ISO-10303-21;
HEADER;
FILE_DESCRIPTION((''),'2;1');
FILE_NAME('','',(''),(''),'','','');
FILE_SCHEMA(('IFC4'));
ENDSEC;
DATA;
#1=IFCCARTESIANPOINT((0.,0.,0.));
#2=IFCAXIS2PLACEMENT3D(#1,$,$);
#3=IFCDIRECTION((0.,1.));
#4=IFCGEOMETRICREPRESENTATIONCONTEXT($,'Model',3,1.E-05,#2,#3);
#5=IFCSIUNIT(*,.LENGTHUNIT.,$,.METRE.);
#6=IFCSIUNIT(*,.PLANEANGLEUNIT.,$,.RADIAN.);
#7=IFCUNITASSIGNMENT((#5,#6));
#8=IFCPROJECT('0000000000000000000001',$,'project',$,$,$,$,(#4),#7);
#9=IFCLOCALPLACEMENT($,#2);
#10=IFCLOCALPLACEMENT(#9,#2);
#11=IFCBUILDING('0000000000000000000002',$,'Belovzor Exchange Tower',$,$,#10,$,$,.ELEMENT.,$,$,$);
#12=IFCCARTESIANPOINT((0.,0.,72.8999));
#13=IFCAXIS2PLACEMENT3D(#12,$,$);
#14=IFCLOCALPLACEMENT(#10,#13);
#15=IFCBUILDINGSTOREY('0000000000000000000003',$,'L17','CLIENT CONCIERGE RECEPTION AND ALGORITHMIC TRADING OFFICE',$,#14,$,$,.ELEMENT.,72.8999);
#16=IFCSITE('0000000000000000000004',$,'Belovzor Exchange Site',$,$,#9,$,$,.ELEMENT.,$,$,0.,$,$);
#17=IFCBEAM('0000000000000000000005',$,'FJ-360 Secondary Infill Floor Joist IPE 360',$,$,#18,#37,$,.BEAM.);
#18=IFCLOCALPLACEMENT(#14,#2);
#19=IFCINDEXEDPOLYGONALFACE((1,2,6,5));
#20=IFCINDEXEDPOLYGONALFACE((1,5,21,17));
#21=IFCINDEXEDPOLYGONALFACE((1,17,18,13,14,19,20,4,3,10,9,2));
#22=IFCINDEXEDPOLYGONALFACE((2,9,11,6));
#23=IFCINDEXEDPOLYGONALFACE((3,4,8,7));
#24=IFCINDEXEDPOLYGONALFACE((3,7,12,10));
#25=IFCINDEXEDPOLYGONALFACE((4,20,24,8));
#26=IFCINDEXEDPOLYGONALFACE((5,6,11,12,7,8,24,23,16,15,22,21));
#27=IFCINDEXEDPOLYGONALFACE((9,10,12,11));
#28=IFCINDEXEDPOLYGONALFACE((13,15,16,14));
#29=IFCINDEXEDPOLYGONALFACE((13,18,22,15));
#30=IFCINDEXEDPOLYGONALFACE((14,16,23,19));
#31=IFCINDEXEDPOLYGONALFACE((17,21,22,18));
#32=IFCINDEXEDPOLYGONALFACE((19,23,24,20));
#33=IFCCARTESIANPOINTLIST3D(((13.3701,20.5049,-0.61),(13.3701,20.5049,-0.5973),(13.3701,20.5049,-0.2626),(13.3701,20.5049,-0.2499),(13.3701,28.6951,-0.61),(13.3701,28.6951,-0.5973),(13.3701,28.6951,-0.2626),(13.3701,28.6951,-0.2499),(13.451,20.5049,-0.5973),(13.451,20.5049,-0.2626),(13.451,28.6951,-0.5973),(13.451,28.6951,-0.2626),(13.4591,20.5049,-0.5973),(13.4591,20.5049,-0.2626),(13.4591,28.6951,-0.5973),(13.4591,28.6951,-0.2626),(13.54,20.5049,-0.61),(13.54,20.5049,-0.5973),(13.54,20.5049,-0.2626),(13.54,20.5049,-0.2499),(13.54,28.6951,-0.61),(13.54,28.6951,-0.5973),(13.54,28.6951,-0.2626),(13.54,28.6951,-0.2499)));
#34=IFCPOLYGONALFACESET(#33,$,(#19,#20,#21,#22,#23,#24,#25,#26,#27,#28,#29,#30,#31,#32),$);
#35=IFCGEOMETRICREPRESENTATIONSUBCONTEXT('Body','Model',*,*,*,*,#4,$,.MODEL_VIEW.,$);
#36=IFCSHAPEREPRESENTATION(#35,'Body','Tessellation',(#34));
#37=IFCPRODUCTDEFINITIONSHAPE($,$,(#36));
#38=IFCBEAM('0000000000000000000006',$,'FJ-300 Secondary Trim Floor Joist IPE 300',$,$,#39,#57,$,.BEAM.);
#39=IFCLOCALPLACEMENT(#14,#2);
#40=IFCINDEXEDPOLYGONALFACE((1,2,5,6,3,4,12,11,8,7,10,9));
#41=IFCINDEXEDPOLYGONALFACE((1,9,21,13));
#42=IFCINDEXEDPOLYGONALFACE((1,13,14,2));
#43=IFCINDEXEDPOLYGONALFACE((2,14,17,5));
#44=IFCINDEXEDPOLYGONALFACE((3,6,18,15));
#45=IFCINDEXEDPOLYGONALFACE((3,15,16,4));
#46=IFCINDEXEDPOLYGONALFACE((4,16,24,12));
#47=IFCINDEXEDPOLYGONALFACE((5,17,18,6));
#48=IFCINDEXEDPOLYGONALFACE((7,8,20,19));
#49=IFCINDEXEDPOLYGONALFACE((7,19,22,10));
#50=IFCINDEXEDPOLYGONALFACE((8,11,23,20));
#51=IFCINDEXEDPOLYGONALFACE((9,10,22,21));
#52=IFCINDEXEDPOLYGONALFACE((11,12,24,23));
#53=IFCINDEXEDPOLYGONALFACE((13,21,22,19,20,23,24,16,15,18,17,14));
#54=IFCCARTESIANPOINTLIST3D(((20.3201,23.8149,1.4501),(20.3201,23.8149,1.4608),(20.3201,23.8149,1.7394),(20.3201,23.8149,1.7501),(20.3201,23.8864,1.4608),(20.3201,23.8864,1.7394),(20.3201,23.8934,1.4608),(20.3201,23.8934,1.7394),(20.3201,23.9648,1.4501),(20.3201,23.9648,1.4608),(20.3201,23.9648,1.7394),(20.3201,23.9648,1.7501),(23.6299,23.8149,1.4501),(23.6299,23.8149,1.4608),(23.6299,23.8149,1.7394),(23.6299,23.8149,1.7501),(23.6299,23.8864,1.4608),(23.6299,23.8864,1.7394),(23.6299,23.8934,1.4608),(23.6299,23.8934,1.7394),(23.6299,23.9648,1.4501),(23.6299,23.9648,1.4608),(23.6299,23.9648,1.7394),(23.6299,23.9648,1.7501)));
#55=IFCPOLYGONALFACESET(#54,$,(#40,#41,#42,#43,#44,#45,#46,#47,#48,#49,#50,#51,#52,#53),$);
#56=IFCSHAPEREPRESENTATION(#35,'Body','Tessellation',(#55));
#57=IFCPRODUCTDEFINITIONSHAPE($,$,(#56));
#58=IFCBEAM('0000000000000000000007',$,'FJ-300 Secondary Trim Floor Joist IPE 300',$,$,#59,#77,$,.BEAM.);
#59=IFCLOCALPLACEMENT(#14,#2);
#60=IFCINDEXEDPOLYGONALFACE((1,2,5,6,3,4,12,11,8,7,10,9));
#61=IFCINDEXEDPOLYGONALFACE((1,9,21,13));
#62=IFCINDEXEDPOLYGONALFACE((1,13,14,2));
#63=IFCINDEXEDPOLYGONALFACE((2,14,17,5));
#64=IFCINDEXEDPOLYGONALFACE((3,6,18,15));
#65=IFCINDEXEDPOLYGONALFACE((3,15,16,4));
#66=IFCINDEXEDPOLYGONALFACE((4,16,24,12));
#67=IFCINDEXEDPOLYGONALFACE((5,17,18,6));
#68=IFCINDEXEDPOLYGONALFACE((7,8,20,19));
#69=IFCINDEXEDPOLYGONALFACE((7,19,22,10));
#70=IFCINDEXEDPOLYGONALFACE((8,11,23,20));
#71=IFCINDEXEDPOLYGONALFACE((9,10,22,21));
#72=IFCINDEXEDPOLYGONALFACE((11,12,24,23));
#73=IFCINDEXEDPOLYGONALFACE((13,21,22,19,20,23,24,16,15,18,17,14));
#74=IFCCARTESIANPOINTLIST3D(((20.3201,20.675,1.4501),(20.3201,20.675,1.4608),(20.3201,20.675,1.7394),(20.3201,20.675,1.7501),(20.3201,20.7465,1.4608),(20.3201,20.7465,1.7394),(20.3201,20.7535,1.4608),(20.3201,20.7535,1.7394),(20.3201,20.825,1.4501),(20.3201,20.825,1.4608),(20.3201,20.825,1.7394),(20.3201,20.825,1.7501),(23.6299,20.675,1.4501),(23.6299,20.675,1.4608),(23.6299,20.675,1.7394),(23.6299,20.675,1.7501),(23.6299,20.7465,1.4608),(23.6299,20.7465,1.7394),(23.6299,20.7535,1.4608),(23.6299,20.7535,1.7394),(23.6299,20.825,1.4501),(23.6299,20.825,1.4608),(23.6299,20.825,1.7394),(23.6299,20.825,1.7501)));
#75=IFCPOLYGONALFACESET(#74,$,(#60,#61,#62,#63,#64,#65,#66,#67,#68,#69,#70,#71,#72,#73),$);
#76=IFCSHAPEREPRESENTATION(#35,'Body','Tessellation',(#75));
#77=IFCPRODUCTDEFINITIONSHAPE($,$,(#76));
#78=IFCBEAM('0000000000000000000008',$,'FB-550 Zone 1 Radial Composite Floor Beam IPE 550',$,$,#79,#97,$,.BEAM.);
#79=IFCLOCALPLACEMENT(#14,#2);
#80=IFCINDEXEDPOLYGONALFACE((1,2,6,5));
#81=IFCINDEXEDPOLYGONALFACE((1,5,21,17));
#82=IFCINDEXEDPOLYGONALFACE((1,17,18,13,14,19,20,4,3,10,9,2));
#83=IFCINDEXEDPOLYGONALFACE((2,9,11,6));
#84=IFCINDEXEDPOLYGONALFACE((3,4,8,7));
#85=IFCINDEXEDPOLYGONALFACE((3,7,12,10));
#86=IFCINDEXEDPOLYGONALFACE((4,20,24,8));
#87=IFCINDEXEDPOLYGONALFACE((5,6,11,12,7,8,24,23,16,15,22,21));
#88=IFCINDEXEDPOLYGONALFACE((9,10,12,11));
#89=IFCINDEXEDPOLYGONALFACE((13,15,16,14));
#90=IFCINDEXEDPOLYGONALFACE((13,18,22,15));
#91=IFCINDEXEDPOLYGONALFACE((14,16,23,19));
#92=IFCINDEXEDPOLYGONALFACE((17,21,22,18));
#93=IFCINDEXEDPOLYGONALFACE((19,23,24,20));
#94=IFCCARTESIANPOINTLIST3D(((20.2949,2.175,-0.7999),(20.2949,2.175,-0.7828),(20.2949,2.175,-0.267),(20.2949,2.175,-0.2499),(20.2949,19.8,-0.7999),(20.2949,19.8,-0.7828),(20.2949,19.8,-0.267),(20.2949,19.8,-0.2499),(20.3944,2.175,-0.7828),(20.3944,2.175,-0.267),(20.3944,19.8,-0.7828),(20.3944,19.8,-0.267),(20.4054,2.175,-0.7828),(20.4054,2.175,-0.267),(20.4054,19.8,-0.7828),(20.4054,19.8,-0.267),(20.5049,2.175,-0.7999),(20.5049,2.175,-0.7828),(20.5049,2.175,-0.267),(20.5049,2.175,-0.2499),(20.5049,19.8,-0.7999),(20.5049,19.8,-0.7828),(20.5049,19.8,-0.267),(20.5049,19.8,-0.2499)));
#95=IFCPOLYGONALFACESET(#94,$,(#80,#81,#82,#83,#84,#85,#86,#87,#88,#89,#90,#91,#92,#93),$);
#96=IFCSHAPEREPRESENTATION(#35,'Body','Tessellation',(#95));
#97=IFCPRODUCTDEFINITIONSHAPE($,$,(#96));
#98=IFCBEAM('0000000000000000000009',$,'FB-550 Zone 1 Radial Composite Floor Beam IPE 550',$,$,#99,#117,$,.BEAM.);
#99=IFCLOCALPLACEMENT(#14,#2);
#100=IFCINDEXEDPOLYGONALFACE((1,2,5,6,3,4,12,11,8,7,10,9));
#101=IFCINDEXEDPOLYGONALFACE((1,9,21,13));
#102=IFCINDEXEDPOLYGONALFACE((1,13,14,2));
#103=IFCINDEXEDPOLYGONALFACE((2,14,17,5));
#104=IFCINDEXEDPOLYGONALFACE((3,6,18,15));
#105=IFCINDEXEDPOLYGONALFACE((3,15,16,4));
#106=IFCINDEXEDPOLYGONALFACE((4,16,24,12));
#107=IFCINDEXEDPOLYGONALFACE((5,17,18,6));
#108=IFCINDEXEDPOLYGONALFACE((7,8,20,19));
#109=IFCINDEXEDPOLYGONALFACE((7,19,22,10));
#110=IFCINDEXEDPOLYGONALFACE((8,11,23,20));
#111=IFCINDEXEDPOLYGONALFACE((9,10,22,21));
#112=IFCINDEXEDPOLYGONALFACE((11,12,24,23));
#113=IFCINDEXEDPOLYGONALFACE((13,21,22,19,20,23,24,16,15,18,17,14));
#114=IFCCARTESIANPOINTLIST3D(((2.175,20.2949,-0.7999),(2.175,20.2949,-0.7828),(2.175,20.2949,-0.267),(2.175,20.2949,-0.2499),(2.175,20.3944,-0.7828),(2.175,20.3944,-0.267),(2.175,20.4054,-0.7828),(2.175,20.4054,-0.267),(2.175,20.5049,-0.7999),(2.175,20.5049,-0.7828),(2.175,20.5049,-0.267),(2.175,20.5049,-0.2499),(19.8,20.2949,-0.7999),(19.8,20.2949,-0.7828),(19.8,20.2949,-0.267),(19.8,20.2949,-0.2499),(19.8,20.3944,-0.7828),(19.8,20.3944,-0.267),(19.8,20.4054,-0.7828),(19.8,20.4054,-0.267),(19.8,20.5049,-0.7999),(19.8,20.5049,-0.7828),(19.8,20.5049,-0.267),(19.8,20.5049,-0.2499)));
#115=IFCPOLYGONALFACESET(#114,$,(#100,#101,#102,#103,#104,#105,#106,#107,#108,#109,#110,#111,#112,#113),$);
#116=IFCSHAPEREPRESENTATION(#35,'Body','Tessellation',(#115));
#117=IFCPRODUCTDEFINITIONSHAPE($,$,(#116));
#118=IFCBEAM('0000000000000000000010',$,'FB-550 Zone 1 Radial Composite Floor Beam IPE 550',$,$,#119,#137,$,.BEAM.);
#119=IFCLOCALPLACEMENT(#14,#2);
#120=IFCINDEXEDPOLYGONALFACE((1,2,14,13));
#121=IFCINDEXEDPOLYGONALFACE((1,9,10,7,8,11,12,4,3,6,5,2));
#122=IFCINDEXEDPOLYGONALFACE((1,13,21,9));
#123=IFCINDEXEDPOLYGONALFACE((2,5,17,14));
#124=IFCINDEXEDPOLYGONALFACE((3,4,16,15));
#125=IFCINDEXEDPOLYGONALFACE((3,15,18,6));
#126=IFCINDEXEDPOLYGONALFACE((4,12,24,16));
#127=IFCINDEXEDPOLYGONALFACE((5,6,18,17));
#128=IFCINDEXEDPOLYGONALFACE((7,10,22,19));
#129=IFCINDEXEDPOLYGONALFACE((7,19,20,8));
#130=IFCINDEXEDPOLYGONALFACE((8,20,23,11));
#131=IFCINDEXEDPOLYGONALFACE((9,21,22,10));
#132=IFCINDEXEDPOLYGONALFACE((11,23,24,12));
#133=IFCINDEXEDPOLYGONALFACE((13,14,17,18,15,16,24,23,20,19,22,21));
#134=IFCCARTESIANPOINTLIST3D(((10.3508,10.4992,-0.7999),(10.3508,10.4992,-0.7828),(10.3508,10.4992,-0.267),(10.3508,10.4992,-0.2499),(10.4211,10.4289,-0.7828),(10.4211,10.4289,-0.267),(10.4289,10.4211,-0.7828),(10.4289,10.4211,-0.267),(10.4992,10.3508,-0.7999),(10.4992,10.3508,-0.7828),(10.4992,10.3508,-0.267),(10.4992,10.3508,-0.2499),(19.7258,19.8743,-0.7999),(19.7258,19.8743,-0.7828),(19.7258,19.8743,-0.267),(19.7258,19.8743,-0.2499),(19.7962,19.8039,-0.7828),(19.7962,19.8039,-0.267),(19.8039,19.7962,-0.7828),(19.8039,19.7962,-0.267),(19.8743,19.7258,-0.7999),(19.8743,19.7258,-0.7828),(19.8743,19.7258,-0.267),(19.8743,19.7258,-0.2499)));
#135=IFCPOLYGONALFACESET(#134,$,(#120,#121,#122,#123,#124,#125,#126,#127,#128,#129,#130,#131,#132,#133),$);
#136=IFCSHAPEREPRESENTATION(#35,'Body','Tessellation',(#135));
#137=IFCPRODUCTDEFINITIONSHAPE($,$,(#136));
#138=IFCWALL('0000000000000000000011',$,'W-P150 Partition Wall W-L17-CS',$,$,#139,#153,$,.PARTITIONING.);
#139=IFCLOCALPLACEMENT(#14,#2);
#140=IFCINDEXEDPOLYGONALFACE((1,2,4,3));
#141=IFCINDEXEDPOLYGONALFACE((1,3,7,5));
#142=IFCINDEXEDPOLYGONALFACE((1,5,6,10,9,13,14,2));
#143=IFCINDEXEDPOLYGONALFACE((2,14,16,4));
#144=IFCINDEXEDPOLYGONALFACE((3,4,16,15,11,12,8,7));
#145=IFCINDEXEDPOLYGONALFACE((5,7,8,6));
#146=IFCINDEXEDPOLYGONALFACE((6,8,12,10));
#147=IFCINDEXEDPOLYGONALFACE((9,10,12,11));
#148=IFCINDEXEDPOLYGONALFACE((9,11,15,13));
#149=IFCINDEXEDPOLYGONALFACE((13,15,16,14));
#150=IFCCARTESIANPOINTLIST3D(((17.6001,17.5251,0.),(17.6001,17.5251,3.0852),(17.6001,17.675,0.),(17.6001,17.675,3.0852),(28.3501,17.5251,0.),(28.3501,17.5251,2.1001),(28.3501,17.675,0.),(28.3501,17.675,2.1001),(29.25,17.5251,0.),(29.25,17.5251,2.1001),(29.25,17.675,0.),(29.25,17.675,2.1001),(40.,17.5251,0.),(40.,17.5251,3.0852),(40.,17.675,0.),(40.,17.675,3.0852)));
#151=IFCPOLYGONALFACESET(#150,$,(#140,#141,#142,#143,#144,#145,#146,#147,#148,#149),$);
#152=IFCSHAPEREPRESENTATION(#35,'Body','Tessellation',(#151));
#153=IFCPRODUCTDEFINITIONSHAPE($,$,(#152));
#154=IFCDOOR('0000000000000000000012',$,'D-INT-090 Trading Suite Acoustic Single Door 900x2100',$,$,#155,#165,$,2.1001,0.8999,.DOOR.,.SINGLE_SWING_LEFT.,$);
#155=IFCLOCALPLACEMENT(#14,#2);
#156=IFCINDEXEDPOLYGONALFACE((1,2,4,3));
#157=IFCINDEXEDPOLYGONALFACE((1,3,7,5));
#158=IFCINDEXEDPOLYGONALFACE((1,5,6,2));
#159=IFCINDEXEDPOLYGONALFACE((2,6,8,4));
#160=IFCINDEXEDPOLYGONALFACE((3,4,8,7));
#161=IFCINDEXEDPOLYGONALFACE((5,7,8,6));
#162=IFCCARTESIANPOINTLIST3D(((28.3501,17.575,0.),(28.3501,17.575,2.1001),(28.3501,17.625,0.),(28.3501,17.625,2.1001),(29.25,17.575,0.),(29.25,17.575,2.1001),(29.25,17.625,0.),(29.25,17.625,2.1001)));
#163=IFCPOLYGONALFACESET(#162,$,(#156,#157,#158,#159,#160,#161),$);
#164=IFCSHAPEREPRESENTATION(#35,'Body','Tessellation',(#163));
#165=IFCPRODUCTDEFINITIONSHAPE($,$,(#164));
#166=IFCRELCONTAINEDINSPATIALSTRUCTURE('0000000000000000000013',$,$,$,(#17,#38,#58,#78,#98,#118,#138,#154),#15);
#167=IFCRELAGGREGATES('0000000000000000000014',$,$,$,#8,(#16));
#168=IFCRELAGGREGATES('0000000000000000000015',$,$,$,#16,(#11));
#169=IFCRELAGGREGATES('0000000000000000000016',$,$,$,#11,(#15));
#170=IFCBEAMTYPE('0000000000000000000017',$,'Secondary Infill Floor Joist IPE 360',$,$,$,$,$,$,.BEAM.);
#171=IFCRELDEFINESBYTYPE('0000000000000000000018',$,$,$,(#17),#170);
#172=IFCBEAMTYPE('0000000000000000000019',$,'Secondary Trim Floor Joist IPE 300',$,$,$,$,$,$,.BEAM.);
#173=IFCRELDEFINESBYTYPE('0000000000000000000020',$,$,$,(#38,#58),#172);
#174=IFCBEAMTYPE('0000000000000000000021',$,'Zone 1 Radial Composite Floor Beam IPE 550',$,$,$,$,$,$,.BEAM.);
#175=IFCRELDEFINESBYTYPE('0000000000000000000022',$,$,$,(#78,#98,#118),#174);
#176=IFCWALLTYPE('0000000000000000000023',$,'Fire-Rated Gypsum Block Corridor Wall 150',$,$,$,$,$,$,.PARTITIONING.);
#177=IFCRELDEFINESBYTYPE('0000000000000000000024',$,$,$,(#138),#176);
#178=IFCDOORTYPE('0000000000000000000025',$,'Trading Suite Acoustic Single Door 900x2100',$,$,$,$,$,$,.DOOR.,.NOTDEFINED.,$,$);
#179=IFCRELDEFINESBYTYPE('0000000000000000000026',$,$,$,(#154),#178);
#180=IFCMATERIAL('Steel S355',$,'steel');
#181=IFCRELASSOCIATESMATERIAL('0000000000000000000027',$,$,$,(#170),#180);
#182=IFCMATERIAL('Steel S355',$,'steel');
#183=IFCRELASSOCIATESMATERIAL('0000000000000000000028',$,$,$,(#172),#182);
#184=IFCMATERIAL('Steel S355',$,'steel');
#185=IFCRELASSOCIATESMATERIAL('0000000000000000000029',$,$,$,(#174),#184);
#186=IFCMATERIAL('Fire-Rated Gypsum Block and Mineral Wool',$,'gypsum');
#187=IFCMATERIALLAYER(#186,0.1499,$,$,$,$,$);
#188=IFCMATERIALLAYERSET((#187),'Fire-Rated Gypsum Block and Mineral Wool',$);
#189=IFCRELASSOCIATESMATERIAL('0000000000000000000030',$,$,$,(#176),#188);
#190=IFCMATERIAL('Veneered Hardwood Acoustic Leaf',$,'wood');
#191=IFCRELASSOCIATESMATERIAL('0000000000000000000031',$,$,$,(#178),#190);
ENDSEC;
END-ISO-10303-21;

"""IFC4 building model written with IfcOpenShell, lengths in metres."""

from ifc_helpers import new_model, si_unit, direction, frame, frame_2d, origin, origin_2d, place, context, subcontext, project, spatial, rectangle, i_section, extrude, material, layer, layer_set, material_profile, profile_set, type_object, element, fill, save


model = new_model("IFC4")

# Units and contexts
model_context = context("Model", 3, precision=1e-05, world=origin(), true_north=direction((0.0, 1.0)))
body_context = subcontext(model_context, "Body", "Model", "MODEL_VIEW")
ifc_project = project(units=[si_unit("LENGTHUNIT", "METRE"), si_unit("PLANEANGLEUNIT", "RADIAN")], contexts=[model_context])

# Site, building, storey
site_placement = place(None, origin())
site = spatial("IfcSite", under=ifc_project, at=site_placement, Name="Belovzor Exchange Site", CompositionType="ELEMENT", RefElevation=0.0)
building_placement = place(site_placement, origin())
building = spatial("IfcBuilding", under=site, at=building_placement, Name="Belovzor Exchange Tower", CompositionType="ELEMENT")
storey_placement = place(building_placement, frame((0.0, 0.0, 72.8999)))
storey = spatial("IfcBuildingStorey", under=building, at=storey_placement, Name="L17", Description="CLIENT CONCIERGE RECEPTION AND ALGORITHMIC TRADING OFFICE", CompositionType="ELEMENT", Elevation=72.8999)

# Beams
ifc_material_1 = material(Name="Steel S355", Category="steel")
ifc_material_profile_1 = material_profile(ifc_material_1, i_section(OverallWidth=0.1699, OverallDepth=0.3601, WebThickness=0.0081, FlangeThickness=0.0127, at=origin_2d()))
ifc_profile_set_1 = profile_set([ifc_material_profile_1], Name="Steel S355")
beam_type_1 = type_object("IfcBeamType", Name="Secondary Infill Floor Joist IPE 360", PredefinedType="BEAM", material=ifc_profile_set_1)
beam_1_placement = place(storey_placement, frame((13.4551, 20.5049, -0.4299), z_axis=(0.0, 1.0, 0.0), x_axis=(-1.0, 0.0, 0.0)))
element("IfcBeam", 1, at=beam_1_placement, inside=storey, type_object=beam_type_1, Name="FJ-360 Secondary Infill Floor Joist IPE 360", PredefinedType="BEAM", context=body_context, shape_type="SweptSolid", body=[
    extrude(i_section(OverallWidth=0.1699, OverallDepth=0.3601, WebThickness=0.0081, FlangeThickness=0.0127, at=origin_2d()), origin(), (0.0, 0.0, 1.0), 8.1902),
])
ifc_material_2 = material(Name="Steel S355", Category="steel")
ifc_material_profile_2 = material_profile(ifc_material_2, i_section(OverallWidth=0.1499, OverallDepth=0.3, WebThickness=0.0071, FlangeThickness=0.0107, at=origin_2d()))
ifc_profile_set_2 = profile_set([ifc_material_profile_2], Name="Steel S355")
beam_type_2 = type_object("IfcBeamType", Name="Secondary Trim Floor Joist IPE 300", PredefinedType="BEAM", material=ifc_profile_set_2)
for number, where, z_axis, x_axis, name in (
    (2, (20.3201, 23.8899, 1.6001), (1.0, 0.0, 0.0), (0.0, 1.0, 0.0), "FJ-300 Secondary Trim Floor Joist IPE 300"),
    (3, (20.3201, 20.75, 1.6001), (1.0, 0.0, 0.0), (0.0, 1.0, 0.0), "FJ-300 Secondary Trim Floor Joist IPE 300"),
):
    element("IfcBeam", number, at=place(storey_placement, frame(where, z_axis=z_axis, x_axis=x_axis)), inside=storey, type_object=beam_type_2, Name=name, PredefinedType="BEAM", context=body_context, shape_type="SweptSolid", body=[
        extrude(i_section(OverallWidth=0.1499, OverallDepth=0.3, WebThickness=0.0071, FlangeThickness=0.0107, at=origin_2d()), origin(), (0.0, 0.0, 1.0), 3.3098),
    ])
ifc_material_3 = material(Name="Steel S355", Category="steel")
ifc_material_profile_3 = material_profile(ifc_material_3, i_section(OverallWidth=0.21, OverallDepth=0.55, WebThickness=0.011, FlangeThickness=0.0171, at=origin_2d()))
ifc_profile_set_3 = profile_set([ifc_material_profile_3], Name="Steel S355")
beam_type_3 = type_object("IfcBeamType", Name="Zone 1 Radial Composite Floor Beam IPE 550", PredefinedType="BEAM", material=ifc_profile_set_3)
for number, where, z_axis, x_axis, name in (
    (4, (20.3999, 19.8, -0.5249), (0.0, -1.0, 0.0), (1.0, 0.0, 0.0), "FB-550 Zone 1 Radial Composite Floor Beam IPE 550"),
    (5, (19.8, 20.3999, -0.5249), (-1.0, 0.0, 0.0), (0.0, -1.0, 0.0), "FB-550 Zone 1 Radial Composite Floor Beam IPE 550"),
):
    element("IfcBeam", number, at=place(storey_placement, frame(where, z_axis=z_axis, x_axis=x_axis)), inside=storey, type_object=beam_type_3, Name=name, PredefinedType="BEAM", context=body_context, shape_type="SweptSolid", body=[
        extrude(i_section(OverallWidth=0.21, OverallDepth=0.55, WebThickness=0.011, FlangeThickness=0.0171, at=origin_2d()), origin(), (0.0, 0.0, 1.0), 17.625),
    ])
beam_2_placement = place(storey_placement, frame((19.8, 19.8, -0.5249), z_axis=(-0.707107, -0.707107, 0.0), x_axis=(0.707107, -0.707107, 0.0)))
element("IfcBeam", 6, at=beam_2_placement, inside=storey, type_object=beam_type_3, Name="FB-550 Zone 1 Radial Composite Floor Beam IPE 550", PredefinedType="BEAM", context=body_context, shape_type="SweptSolid", body=[
    extrude(i_section(OverallWidth=0.21, OverallDepth=0.55, WebThickness=0.011, FlangeThickness=0.0171, at=origin_2d()), origin(), (0.0, 0.0, 1.0), 13.2583),
])

# Wall, opening, door
ifc_material_4 = material(Name="Fire-Rated Gypsum Block and Mineral Wool", Category="gypsum")
ifc_layer_1 = layer(ifc_material_4, 0.1499)
ifc_layer_set_1 = layer_set([ifc_layer_1], Name="Fire-Rated Gypsum Block and Mineral Wool")
wall_type_1 = type_object("IfcWallType", Name="Fire-Rated Gypsum Block Corridor Wall 150", PredefinedType="PARTITIONING", material=ifc_layer_set_1)
wall_1_placement = place(storey_placement, frame((17.6001, 17.6001, 0.0), z_axis=(0.0, 0.0, 1.0), x_axis=(1.0, 0.0, 0.0)))
wall_1 = element("IfcWall", 7, at=wall_1_placement, inside=storey, type_object=wall_type_1, Name="W-P150 Partition Wall W-L17-CS", PredefinedType="PARTITIONING", context=body_context, shape_type="SweptSolid", body=[
    extrude(rectangle(XDim=22.3999, YDim=0.1499, at=frame_2d((11.2, 0.0))), origin(), (0.0, 0.0, 1.0), 3.0852),
])
opening_1_placement = place(wall_1_placement, frame((10.75, 0.0, 0.0)))
opening_1 = element("IfcOpeningElement", 8, at=opening_1_placement, cuts=wall_1, PredefinedType="OPENING", context=body_context, shape_type="SweptSolid", body=[
    extrude(rectangle(XDim=0.8999, YDim=2.1001, at=frame_2d((0.45, 1.05))), frame((0.0, 0.085, 0.0), z_axis=(0.0, -1.0, 0.0), x_axis=(1.0, 0.0, 0.0)), (0.0, 0.0, 1.0), 0.1699),
])
ifc_material_5 = material(Name="Veneered Hardwood Acoustic Leaf", Category="wood")
door_type_1 = type_object("IfcDoorType", Name="Trading Suite Acoustic Single Door 900x2100", OperationType="NOTDEFINED", PredefinedType="DOOR", material=ifc_material_5)
door_1_placement = place(opening_1_placement, origin())
door_1 = element("IfcDoor", 9, at=door_1_placement, inside=storey, type_object=door_type_1, Name="D-INT-090 Trading Suite Acoustic Single Door 900x2100", OperationType="SINGLE_SWING_LEFT", OverallHeight=2.1001, OverallWidth=0.8999, PredefinedType="DOOR", context=body_context, shape_type="SweptSolid", body=[
    extrude(rectangle(XDim=0.8999, YDim=2.1001, at=frame_2d((0.45, 1.05))), frame((0.0, 0.0249, 0.0), z_axis=(0.0, -1.0, 0.0), x_axis=(1.0, 0.0, 0.0)), (0.0, 0.0, 1.0), 0.05),
])
fill(opening_1, door_1)

save(model, "model.ifc")
